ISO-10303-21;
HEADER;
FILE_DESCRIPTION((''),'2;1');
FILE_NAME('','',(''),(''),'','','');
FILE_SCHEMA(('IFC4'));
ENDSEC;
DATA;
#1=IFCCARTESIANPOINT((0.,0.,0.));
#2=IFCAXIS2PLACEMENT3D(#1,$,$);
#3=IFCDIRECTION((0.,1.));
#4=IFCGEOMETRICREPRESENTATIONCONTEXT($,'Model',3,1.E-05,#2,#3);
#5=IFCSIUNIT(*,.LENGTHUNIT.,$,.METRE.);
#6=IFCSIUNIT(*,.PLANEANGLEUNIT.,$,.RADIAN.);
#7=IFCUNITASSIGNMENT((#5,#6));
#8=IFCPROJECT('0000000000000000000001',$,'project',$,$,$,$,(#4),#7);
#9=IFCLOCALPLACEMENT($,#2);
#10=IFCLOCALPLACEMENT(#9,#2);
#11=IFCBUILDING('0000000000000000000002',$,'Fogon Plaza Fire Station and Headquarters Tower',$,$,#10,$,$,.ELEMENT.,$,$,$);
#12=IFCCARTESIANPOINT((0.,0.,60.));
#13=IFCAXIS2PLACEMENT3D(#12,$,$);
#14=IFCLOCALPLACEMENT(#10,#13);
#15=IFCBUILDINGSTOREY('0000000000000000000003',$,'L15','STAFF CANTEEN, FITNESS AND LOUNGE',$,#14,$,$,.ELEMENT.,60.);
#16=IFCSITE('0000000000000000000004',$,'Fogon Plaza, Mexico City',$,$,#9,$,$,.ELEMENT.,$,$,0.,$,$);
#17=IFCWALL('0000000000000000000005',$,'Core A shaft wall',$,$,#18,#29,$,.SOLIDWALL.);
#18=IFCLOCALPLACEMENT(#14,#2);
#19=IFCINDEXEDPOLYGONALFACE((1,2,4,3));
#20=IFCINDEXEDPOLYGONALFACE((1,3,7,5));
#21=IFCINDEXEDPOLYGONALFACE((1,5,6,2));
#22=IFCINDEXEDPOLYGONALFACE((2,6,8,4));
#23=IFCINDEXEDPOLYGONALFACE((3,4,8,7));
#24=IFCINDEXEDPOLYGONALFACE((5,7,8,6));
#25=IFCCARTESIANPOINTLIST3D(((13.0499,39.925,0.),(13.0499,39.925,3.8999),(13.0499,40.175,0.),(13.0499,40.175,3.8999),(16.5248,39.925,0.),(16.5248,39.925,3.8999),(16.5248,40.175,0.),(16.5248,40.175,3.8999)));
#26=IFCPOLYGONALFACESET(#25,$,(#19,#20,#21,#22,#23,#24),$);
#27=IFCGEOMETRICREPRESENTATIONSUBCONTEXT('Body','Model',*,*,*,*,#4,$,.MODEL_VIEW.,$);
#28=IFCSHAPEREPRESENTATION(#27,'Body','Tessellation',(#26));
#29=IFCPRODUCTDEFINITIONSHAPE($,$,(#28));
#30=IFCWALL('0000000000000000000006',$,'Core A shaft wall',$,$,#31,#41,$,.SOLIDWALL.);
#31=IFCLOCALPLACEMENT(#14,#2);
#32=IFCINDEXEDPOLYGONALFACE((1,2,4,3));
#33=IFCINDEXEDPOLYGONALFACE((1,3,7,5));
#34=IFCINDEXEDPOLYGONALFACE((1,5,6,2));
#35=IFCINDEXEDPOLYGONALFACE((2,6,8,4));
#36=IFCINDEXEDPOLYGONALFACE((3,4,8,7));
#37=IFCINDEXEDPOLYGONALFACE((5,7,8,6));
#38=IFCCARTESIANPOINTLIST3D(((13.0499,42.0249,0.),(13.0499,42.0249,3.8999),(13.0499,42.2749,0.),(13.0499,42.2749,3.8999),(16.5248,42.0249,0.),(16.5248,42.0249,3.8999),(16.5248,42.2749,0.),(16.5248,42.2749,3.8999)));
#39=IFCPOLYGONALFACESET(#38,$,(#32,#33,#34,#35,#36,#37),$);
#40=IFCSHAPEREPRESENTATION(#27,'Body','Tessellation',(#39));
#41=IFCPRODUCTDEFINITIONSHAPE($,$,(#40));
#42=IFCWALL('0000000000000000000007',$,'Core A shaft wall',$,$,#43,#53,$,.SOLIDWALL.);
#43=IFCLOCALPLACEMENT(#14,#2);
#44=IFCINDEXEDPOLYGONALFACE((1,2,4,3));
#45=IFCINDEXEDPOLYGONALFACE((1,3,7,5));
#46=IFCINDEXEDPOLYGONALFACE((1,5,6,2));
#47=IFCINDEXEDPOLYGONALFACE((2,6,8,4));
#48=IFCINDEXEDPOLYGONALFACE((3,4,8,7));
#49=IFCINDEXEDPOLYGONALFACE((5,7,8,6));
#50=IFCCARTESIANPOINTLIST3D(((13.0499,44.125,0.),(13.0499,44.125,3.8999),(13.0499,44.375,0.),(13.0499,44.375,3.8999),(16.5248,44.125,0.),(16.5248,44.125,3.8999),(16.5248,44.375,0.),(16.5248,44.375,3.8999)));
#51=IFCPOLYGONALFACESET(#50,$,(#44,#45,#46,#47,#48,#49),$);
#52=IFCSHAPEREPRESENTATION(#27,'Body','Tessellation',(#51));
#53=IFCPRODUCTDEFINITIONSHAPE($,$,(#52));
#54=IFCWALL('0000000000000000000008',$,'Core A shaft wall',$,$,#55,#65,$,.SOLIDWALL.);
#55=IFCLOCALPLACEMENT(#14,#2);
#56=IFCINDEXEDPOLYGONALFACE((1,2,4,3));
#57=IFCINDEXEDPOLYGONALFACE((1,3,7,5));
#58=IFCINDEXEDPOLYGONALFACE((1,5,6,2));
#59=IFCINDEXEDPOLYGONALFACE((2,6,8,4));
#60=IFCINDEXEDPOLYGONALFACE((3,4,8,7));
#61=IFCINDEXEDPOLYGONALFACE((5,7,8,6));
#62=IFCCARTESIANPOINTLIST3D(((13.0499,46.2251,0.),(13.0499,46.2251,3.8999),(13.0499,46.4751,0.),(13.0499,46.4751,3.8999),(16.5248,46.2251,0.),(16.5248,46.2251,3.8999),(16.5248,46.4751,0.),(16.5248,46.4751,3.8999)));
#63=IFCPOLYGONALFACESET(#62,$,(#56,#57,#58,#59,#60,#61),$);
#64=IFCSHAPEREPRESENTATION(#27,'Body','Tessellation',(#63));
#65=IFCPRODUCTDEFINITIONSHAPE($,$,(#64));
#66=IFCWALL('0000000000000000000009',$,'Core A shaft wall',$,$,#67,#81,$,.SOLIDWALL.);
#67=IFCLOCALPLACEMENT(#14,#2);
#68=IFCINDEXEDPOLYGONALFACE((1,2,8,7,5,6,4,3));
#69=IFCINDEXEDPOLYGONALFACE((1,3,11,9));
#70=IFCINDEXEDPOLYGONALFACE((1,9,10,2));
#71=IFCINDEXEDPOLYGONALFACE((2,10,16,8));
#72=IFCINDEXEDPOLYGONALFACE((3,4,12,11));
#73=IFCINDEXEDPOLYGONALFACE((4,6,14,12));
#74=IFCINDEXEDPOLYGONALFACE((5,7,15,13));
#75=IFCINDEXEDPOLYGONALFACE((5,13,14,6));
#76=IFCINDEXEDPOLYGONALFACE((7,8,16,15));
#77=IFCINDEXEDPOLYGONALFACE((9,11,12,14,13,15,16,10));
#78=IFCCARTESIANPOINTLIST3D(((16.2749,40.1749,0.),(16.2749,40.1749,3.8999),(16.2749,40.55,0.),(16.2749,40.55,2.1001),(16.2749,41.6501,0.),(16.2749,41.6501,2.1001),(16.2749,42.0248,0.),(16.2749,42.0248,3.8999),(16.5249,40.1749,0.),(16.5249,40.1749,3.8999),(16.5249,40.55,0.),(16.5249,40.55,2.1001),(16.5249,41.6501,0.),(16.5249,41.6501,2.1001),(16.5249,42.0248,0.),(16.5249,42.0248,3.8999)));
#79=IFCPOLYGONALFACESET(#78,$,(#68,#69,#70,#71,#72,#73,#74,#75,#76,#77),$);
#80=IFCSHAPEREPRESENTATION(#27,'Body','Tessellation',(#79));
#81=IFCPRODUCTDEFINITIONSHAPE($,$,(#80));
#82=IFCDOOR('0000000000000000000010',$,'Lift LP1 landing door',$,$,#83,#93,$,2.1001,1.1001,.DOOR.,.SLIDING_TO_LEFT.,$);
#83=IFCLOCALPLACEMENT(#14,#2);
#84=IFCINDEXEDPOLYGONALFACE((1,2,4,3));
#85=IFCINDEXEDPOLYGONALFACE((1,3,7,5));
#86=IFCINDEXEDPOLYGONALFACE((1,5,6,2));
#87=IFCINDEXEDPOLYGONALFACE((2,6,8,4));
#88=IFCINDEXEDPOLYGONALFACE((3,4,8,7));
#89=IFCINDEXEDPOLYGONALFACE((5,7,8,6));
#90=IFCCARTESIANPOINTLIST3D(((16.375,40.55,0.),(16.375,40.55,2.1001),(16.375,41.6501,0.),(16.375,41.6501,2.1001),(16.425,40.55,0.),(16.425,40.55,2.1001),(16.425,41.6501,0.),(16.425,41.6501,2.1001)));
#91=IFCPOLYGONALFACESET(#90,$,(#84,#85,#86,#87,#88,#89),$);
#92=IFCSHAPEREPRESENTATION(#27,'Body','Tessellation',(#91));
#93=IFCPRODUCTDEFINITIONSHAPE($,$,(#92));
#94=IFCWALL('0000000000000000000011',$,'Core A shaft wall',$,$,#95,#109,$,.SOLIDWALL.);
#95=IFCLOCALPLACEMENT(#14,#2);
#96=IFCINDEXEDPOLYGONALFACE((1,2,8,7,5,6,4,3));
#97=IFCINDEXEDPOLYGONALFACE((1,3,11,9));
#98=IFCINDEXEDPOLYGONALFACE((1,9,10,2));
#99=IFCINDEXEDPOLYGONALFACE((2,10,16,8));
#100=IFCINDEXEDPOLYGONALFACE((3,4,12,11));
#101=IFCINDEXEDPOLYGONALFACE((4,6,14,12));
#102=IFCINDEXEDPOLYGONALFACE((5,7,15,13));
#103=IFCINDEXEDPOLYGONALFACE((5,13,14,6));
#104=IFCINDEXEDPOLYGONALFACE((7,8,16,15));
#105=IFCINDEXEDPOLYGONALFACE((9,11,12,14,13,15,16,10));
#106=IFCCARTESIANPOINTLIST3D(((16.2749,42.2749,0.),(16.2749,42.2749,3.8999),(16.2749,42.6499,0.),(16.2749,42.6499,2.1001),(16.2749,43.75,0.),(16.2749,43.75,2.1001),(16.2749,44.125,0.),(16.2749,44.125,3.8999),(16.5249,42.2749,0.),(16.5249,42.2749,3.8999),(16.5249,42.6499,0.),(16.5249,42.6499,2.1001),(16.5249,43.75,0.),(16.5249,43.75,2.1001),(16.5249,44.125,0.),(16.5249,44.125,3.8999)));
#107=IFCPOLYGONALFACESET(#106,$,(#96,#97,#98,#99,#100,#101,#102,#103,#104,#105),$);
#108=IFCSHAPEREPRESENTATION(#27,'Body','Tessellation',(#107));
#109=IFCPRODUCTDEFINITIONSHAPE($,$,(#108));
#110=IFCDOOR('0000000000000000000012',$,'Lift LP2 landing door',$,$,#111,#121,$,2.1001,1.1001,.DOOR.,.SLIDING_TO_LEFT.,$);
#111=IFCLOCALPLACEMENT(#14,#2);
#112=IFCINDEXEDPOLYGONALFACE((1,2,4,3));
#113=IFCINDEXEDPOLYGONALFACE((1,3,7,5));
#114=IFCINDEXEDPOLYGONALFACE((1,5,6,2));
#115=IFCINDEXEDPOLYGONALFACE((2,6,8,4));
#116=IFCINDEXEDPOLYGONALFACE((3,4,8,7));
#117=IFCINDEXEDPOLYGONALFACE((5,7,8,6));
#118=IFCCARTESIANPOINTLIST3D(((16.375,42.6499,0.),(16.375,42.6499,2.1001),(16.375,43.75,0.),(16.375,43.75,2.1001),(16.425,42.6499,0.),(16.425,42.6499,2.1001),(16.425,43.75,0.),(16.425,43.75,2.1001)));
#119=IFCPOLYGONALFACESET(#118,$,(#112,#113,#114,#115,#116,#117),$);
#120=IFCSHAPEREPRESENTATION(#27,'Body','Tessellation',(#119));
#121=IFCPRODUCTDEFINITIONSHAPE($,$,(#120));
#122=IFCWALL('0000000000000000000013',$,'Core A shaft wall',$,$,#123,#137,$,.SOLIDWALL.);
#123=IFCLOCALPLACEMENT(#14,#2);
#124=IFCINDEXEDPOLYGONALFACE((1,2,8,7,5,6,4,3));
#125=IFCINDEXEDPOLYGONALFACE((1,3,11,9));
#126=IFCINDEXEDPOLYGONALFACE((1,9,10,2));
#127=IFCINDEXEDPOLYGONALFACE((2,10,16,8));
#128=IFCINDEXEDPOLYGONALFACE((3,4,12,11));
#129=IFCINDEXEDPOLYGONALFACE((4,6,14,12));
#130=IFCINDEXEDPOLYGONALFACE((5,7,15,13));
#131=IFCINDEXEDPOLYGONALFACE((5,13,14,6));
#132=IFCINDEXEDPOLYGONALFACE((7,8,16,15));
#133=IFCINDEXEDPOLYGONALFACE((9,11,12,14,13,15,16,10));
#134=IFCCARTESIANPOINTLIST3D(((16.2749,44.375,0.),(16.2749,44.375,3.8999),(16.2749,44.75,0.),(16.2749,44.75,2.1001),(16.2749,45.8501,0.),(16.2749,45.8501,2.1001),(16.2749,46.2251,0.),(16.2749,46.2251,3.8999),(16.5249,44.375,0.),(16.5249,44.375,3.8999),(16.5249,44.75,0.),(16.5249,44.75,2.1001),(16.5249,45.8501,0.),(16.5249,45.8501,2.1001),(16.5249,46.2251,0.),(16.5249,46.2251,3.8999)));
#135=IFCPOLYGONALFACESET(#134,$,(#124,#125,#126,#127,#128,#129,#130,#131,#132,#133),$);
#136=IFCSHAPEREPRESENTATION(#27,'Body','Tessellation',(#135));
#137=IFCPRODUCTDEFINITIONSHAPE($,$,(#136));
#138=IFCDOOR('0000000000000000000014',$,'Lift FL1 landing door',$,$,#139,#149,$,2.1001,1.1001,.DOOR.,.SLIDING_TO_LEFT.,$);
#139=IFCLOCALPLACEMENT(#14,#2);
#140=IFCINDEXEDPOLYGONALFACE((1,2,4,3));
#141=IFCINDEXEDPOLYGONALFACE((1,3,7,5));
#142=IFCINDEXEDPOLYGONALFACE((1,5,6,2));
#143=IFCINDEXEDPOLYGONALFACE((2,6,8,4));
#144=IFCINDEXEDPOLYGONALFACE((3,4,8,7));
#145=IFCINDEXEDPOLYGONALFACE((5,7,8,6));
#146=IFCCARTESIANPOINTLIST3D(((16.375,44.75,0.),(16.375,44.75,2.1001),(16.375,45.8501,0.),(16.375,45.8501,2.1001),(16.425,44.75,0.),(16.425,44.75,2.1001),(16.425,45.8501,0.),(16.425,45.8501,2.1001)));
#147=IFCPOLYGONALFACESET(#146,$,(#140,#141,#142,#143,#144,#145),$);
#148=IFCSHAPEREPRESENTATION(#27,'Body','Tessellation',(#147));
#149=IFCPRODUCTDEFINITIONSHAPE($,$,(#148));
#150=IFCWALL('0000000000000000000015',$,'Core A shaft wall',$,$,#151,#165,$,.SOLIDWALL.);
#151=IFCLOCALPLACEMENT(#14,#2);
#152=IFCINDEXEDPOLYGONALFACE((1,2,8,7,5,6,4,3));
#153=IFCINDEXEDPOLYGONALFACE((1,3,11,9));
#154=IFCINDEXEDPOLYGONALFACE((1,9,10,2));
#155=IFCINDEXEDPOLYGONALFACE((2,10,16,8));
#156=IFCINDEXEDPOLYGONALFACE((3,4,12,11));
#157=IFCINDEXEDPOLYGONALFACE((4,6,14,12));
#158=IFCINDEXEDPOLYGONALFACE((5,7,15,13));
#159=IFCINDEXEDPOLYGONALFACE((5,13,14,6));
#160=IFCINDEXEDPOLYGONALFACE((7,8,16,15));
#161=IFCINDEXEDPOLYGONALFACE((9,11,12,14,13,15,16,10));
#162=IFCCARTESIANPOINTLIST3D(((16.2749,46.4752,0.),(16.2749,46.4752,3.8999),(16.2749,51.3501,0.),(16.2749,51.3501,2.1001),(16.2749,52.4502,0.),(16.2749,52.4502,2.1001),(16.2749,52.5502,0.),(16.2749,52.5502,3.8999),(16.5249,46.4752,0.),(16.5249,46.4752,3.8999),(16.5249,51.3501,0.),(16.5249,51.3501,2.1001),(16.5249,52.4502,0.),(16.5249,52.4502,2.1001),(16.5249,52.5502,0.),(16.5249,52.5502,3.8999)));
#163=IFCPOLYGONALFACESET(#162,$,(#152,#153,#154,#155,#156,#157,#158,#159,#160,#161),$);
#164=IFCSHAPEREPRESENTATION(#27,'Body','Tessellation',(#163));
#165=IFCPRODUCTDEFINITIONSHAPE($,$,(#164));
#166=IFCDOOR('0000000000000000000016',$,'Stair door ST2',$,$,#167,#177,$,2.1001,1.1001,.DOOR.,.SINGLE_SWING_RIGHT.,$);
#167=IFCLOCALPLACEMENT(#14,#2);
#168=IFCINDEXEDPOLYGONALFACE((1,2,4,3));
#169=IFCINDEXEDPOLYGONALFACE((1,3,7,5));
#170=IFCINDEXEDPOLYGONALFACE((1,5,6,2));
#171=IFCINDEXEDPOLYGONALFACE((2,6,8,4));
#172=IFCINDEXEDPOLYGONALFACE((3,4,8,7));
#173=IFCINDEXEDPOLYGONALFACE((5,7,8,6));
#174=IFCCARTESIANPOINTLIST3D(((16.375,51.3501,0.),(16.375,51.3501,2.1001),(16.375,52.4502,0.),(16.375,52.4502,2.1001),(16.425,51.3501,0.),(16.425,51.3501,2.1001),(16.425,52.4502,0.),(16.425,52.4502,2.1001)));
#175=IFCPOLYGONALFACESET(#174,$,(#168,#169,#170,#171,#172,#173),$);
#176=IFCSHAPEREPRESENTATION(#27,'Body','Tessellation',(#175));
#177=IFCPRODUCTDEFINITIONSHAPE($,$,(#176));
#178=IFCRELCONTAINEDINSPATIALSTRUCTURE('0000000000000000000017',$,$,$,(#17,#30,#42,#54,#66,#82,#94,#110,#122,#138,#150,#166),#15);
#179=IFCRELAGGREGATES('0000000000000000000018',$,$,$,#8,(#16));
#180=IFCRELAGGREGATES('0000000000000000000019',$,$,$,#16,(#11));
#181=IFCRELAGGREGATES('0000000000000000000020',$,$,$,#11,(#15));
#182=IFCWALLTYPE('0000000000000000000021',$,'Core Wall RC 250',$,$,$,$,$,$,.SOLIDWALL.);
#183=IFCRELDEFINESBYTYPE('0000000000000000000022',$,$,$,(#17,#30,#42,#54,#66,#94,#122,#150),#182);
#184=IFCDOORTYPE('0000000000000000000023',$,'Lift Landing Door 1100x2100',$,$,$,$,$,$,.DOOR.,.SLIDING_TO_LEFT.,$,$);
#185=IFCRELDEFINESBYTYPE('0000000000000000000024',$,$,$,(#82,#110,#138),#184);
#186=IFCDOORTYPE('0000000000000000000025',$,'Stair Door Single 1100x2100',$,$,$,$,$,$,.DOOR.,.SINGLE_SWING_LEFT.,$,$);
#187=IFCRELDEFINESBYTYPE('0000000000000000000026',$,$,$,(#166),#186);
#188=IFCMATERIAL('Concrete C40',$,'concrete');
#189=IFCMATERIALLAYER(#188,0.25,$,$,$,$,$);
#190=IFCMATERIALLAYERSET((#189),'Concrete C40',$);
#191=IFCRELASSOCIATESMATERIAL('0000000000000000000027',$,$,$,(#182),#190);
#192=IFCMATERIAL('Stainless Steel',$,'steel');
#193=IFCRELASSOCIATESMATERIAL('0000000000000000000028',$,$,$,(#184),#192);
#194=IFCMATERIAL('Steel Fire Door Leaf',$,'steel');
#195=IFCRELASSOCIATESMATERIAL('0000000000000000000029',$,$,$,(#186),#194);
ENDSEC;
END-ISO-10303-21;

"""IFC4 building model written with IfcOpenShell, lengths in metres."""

from ifc_helpers import new_model, si_unit, direction, frame, frame_2d, origin, place, context, subcontext, project, spatial, rectangle, extrude, material, layer, layer_set, type_object, element, fill, save


model = new_model("IFC4")

# Units and contexts
model_context = context("Model", 3, precision=1e-05, world=origin(), true_north=direction((0.0, 1.0)))
body_context = subcontext(model_context, "Body", "Model", "MODEL_VIEW")
ifc_project = project(units=[si_unit("LENGTHUNIT", "METRE"), si_unit("PLANEANGLEUNIT", "RADIAN")], contexts=[model_context])

# Site, building, storey
site_placement = place(None, origin())
site = spatial("IfcSite", under=ifc_project, at=site_placement, Name="Fogon Plaza, Mexico City", CompositionType="ELEMENT", RefElevation=0.0)
building_placement = place(site_placement, origin())
building = spatial("IfcBuilding", under=site, at=building_placement, Name="Fogon Plaza Fire Station and Headquarters Tower", CompositionType="ELEMENT")
storey_placement = place(building_placement, frame((0.0, 0.0, 60.0)))
storey = spatial("IfcBuildingStorey", under=building, at=storey_placement, Name="L15", Description="STAFF CANTEEN, FITNESS AND LOUNGE", CompositionType="ELEMENT", Elevation=60.0)

# Walls
ifc_material_1 = material(Name="Concrete C40", Category="concrete")
ifc_layer = layer(ifc_material_1, 0.25)
ifc_layer_set = layer_set([ifc_layer], Name="Concrete C40")
wall_type = type_object("IfcWallType", Name="Core Wall RC 250", PredefinedType="SOLIDWALL", material=ifc_layer_set)
for number, where, z_axis, x_axis, name in (
    (1, (13.05, 40.05, 0.0), (0.0, 0.0, 1.0), (1.0, 0.0, 0.0), "Core A shaft wall"),
    (2, (13.05, 42.1499, 0.0), (0.0, 0.0, 1.0), (1.0, 0.0, 0.0), "Core A shaft wall"),
    (3, (13.05, 44.25, 0.0), (0.0, 0.0, 1.0), (1.0, 0.0, 0.0), "Core A shaft wall"),
    (4, (13.05, 46.3501, 0.0), (0.0, 0.0, 1.0), (1.0, 0.0, 0.0), "Core A shaft wall"),
):
    element("IfcWall", number, at=place(storey_placement, frame(where, z_axis=z_axis, x_axis=x_axis)), inside=storey, type_object=wall_type, Name=name, PredefinedType="SOLIDWALL", context=body_context, shape_type="SweptSolid", body=[
        extrude(rectangle(XDim=3.4749, YDim=0.25, at=frame_2d((1.7373, 0.0))), origin(), (0.0, 0.0, 1.0), 3.8999),
    ])

# Walls, openings, doors
wall_1_placement = place(storey_placement, frame((16.3999, 40.175, 0.0), z_axis=(0.0, 0.0, 1.0), x_axis=(0.0, 1.0, 0.0)))
wall_1 = element("IfcWall", 5, at=wall_1_placement, inside=storey, type_object=wall_type, Name="Core A shaft wall", PredefinedType="SOLIDWALL", context=body_context, shape_type="SweptSolid", body=[
    extrude(rectangle(XDim=1.8499, YDim=0.25, at=frame_2d((0.9248, 0.0))), origin(), (0.0, 0.0, 1.0), 3.8999),
])
opening_1_placement = place(wall_1_placement, frame((0.375, 0.0, 0.0)))
opening_1 = element("IfcOpeningElement", 6, at=opening_1_placement, cuts=wall_1, PredefinedType="OPENING", context=body_context, shape_type="SweptSolid", body=[
    extrude(rectangle(XDim=1.1001, YDim=2.1001, at=frame_2d((0.55, 1.05))), frame((0.0, 0.135, 0.0), z_axis=(0.0, -1.0, 0.0), x_axis=(1.0, 0.0, 0.0)), (0.0, 0.0, 1.0), 0.27),
])
ifc_material_2 = material(Name="Stainless Steel", Category="steel")
door_type_1 = type_object("IfcDoorType", Name="Lift Landing Door 1100x2100", OperationType="SLIDING_TO_LEFT", PredefinedType="DOOR", material=ifc_material_2)
door_1_placement = place(opening_1_placement, origin())
door_1 = element("IfcDoor", 7, at=door_1_placement, inside=storey, type_object=door_type_1, Name="Lift LP1 landing door", OperationType="SLIDING_TO_LEFT", OverallHeight=2.1001, OverallWidth=1.1001, PredefinedType="DOOR", context=body_context, shape_type="SweptSolid", body=[
    extrude(rectangle(XDim=1.1001, YDim=2.1001, at=frame_2d((0.55, 1.05))), frame((0.0, 0.0249, 0.0), z_axis=(0.0, -1.0, 0.0), x_axis=(1.0, 0.0, 0.0)), (0.0, 0.0, 1.0), 0.05),
])
fill(opening_1, door_1)
wall_2_placement = place(storey_placement, frame((16.3999, 42.2749, 0.0), z_axis=(0.0, 0.0, 1.0), x_axis=(0.0, 1.0, 0.0)))
wall_2 = element("IfcWall", 8, at=wall_2_placement, inside=storey, type_object=wall_type, Name="Core A shaft wall", PredefinedType="SOLIDWALL", context=body_context, shape_type="SweptSolid", body=[
    extrude(rectangle(XDim=1.8501, YDim=0.25, at=frame_2d((0.925, 0.0))), origin(), (0.0, 0.0, 1.0), 3.8999),
])
opening_2_placement = place(wall_2_placement, frame((0.375, 0.0, 0.0)))
opening_2 = element("IfcOpeningElement", 9, at=opening_2_placement, cuts=wall_2, PredefinedType="OPENING", context=body_context, shape_type="SweptSolid", body=[
    extrude(rectangle(XDim=1.1001, YDim=2.1001, at=frame_2d((0.55, 1.05))), frame((0.0, 0.135, 0.0), z_axis=(0.0, -1.0, 0.0), x_axis=(1.0, 0.0, 0.0)), (0.0, 0.0, 1.0), 0.27),
])
door_2_placement = place(opening_2_placement, origin())
door_2 = element("IfcDoor", 10, at=door_2_placement, inside=storey, type_object=door_type_1, Name="Lift LP2 landing door", OperationType="SLIDING_TO_LEFT", OverallHeight=2.1001, OverallWidth=1.1001, PredefinedType="DOOR", context=body_context, shape_type="SweptSolid", body=[
    extrude(rectangle(XDim=1.1001, YDim=2.1001, at=frame_2d((0.55, 1.05))), frame((0.0, 0.0249, 0.0), z_axis=(0.0, -1.0, 0.0), x_axis=(1.0, 0.0, 0.0)), (0.0, 0.0, 1.0), 0.05),
])
fill(opening_2, door_2)
wall_3_placement = place(storey_placement, frame((16.3999, 44.375, 0.0), z_axis=(0.0, 0.0, 1.0), x_axis=(0.0, 1.0, 0.0)))
wall_3 = element("IfcWall", 11, at=wall_3_placement, inside=storey, type_object=wall_type, Name="Core A shaft wall", PredefinedType="SOLIDWALL", context=body_context, shape_type="SweptSolid", body=[
    extrude(rectangle(XDim=1.8501, YDim=0.25, at=frame_2d((0.925, 0.0))), origin(), (0.0, 0.0, 1.0), 3.8999),
])
opening_3_placement = place(wall_3_placement, frame((0.375, 0.0, 0.0)))
opening_3 = element("IfcOpeningElement", 12, at=opening_3_placement, cuts=wall_3, PredefinedType="OPENING", context=body_context, shape_type="SweptSolid", body=[
    extrude(rectangle(XDim=1.1001, YDim=2.1001, at=frame_2d((0.55, 1.05))), frame((0.0, 0.135, 0.0), z_axis=(0.0, -1.0, 0.0), x_axis=(1.0, 0.0, 0.0)), (0.0, 0.0, 1.0), 0.27),
])
door_3_placement = place(opening_3_placement, origin())
door_3 = element("IfcDoor", 13, at=door_3_placement, inside=storey, type_object=door_type_1, Name="Lift FL1 landing door", OperationType="SLIDING_TO_LEFT", OverallHeight=2.1001, OverallWidth=1.1001, PredefinedType="DOOR", context=body_context, shape_type="SweptSolid", body=[
    extrude(rectangle(XDim=1.1001, YDim=2.1001, at=frame_2d((0.55, 1.05))), frame((0.0, 0.0249, 0.0), z_axis=(0.0, -1.0, 0.0), x_axis=(1.0, 0.0, 0.0)), (0.0, 0.0, 1.0), 0.05),
])
fill(opening_3, door_3)
wall_4_placement = place(storey_placement, frame((16.3999, 46.4751, 0.0), z_axis=(0.0, 0.0, 1.0), x_axis=(0.0, 1.0, 0.0)))
wall_4 = element("IfcWall", 14, at=wall_4_placement, inside=storey, type_object=wall_type, Name="Core A shaft wall", PredefinedType="SOLIDWALL", context=body_context, shape_type="SweptSolid", body=[
    extrude(rectangle(XDim=6.075, YDim=0.25, at=frame_2d((3.0376, 0.0))), origin(), (0.0, 0.0, 1.0), 3.8999),
])
opening_4_placement = place(wall_4_placement, frame((4.875, 0.0, 0.0)))
opening_4 = element("IfcOpeningElement", 15, at=opening_4_placement, cuts=wall_4, PredefinedType="OPENING", context=body_context, shape_type="SweptSolid", body=[
    extrude(rectangle(XDim=1.1001, YDim=2.1001, at=frame_2d((0.55, 1.05))), frame((0.0, 0.135, 0.0), z_axis=(0.0, -1.0, 0.0), x_axis=(1.0, 0.0, 0.0)), (0.0, 0.0, 1.0), 0.27),
])
ifc_material_3 = material(Name="Steel Fire Door Leaf", Category="steel")
door_type_2 = type_object("IfcDoorType", Name="Stair Door Single 1100x2100", OperationType="SINGLE_SWING_LEFT", PredefinedType="DOOR", material=ifc_material_3)
door_4_placement = place(opening_4_placement, origin())
door_4 = element("IfcDoor", 16, at=door_4_placement, inside=storey, type_object=door_type_2, Name="Stair door ST2", OperationType="SINGLE_SWING_RIGHT", OverallHeight=2.1001, OverallWidth=1.1001, PredefinedType="DOOR", context=body_context, shape_type="SweptSolid", body=[
    extrude(rectangle(XDim=1.1001, YDim=2.1001, at=frame_2d((0.55, 1.05))), frame((0.0, 0.0249, 0.0), z_axis=(0.0, -1.0, 0.0), x_axis=(1.0, 0.0, 0.0)), (0.0, 0.0, 1.0), 0.05),
])
fill(opening_4, door_4)

save(model, "model.ifc")
